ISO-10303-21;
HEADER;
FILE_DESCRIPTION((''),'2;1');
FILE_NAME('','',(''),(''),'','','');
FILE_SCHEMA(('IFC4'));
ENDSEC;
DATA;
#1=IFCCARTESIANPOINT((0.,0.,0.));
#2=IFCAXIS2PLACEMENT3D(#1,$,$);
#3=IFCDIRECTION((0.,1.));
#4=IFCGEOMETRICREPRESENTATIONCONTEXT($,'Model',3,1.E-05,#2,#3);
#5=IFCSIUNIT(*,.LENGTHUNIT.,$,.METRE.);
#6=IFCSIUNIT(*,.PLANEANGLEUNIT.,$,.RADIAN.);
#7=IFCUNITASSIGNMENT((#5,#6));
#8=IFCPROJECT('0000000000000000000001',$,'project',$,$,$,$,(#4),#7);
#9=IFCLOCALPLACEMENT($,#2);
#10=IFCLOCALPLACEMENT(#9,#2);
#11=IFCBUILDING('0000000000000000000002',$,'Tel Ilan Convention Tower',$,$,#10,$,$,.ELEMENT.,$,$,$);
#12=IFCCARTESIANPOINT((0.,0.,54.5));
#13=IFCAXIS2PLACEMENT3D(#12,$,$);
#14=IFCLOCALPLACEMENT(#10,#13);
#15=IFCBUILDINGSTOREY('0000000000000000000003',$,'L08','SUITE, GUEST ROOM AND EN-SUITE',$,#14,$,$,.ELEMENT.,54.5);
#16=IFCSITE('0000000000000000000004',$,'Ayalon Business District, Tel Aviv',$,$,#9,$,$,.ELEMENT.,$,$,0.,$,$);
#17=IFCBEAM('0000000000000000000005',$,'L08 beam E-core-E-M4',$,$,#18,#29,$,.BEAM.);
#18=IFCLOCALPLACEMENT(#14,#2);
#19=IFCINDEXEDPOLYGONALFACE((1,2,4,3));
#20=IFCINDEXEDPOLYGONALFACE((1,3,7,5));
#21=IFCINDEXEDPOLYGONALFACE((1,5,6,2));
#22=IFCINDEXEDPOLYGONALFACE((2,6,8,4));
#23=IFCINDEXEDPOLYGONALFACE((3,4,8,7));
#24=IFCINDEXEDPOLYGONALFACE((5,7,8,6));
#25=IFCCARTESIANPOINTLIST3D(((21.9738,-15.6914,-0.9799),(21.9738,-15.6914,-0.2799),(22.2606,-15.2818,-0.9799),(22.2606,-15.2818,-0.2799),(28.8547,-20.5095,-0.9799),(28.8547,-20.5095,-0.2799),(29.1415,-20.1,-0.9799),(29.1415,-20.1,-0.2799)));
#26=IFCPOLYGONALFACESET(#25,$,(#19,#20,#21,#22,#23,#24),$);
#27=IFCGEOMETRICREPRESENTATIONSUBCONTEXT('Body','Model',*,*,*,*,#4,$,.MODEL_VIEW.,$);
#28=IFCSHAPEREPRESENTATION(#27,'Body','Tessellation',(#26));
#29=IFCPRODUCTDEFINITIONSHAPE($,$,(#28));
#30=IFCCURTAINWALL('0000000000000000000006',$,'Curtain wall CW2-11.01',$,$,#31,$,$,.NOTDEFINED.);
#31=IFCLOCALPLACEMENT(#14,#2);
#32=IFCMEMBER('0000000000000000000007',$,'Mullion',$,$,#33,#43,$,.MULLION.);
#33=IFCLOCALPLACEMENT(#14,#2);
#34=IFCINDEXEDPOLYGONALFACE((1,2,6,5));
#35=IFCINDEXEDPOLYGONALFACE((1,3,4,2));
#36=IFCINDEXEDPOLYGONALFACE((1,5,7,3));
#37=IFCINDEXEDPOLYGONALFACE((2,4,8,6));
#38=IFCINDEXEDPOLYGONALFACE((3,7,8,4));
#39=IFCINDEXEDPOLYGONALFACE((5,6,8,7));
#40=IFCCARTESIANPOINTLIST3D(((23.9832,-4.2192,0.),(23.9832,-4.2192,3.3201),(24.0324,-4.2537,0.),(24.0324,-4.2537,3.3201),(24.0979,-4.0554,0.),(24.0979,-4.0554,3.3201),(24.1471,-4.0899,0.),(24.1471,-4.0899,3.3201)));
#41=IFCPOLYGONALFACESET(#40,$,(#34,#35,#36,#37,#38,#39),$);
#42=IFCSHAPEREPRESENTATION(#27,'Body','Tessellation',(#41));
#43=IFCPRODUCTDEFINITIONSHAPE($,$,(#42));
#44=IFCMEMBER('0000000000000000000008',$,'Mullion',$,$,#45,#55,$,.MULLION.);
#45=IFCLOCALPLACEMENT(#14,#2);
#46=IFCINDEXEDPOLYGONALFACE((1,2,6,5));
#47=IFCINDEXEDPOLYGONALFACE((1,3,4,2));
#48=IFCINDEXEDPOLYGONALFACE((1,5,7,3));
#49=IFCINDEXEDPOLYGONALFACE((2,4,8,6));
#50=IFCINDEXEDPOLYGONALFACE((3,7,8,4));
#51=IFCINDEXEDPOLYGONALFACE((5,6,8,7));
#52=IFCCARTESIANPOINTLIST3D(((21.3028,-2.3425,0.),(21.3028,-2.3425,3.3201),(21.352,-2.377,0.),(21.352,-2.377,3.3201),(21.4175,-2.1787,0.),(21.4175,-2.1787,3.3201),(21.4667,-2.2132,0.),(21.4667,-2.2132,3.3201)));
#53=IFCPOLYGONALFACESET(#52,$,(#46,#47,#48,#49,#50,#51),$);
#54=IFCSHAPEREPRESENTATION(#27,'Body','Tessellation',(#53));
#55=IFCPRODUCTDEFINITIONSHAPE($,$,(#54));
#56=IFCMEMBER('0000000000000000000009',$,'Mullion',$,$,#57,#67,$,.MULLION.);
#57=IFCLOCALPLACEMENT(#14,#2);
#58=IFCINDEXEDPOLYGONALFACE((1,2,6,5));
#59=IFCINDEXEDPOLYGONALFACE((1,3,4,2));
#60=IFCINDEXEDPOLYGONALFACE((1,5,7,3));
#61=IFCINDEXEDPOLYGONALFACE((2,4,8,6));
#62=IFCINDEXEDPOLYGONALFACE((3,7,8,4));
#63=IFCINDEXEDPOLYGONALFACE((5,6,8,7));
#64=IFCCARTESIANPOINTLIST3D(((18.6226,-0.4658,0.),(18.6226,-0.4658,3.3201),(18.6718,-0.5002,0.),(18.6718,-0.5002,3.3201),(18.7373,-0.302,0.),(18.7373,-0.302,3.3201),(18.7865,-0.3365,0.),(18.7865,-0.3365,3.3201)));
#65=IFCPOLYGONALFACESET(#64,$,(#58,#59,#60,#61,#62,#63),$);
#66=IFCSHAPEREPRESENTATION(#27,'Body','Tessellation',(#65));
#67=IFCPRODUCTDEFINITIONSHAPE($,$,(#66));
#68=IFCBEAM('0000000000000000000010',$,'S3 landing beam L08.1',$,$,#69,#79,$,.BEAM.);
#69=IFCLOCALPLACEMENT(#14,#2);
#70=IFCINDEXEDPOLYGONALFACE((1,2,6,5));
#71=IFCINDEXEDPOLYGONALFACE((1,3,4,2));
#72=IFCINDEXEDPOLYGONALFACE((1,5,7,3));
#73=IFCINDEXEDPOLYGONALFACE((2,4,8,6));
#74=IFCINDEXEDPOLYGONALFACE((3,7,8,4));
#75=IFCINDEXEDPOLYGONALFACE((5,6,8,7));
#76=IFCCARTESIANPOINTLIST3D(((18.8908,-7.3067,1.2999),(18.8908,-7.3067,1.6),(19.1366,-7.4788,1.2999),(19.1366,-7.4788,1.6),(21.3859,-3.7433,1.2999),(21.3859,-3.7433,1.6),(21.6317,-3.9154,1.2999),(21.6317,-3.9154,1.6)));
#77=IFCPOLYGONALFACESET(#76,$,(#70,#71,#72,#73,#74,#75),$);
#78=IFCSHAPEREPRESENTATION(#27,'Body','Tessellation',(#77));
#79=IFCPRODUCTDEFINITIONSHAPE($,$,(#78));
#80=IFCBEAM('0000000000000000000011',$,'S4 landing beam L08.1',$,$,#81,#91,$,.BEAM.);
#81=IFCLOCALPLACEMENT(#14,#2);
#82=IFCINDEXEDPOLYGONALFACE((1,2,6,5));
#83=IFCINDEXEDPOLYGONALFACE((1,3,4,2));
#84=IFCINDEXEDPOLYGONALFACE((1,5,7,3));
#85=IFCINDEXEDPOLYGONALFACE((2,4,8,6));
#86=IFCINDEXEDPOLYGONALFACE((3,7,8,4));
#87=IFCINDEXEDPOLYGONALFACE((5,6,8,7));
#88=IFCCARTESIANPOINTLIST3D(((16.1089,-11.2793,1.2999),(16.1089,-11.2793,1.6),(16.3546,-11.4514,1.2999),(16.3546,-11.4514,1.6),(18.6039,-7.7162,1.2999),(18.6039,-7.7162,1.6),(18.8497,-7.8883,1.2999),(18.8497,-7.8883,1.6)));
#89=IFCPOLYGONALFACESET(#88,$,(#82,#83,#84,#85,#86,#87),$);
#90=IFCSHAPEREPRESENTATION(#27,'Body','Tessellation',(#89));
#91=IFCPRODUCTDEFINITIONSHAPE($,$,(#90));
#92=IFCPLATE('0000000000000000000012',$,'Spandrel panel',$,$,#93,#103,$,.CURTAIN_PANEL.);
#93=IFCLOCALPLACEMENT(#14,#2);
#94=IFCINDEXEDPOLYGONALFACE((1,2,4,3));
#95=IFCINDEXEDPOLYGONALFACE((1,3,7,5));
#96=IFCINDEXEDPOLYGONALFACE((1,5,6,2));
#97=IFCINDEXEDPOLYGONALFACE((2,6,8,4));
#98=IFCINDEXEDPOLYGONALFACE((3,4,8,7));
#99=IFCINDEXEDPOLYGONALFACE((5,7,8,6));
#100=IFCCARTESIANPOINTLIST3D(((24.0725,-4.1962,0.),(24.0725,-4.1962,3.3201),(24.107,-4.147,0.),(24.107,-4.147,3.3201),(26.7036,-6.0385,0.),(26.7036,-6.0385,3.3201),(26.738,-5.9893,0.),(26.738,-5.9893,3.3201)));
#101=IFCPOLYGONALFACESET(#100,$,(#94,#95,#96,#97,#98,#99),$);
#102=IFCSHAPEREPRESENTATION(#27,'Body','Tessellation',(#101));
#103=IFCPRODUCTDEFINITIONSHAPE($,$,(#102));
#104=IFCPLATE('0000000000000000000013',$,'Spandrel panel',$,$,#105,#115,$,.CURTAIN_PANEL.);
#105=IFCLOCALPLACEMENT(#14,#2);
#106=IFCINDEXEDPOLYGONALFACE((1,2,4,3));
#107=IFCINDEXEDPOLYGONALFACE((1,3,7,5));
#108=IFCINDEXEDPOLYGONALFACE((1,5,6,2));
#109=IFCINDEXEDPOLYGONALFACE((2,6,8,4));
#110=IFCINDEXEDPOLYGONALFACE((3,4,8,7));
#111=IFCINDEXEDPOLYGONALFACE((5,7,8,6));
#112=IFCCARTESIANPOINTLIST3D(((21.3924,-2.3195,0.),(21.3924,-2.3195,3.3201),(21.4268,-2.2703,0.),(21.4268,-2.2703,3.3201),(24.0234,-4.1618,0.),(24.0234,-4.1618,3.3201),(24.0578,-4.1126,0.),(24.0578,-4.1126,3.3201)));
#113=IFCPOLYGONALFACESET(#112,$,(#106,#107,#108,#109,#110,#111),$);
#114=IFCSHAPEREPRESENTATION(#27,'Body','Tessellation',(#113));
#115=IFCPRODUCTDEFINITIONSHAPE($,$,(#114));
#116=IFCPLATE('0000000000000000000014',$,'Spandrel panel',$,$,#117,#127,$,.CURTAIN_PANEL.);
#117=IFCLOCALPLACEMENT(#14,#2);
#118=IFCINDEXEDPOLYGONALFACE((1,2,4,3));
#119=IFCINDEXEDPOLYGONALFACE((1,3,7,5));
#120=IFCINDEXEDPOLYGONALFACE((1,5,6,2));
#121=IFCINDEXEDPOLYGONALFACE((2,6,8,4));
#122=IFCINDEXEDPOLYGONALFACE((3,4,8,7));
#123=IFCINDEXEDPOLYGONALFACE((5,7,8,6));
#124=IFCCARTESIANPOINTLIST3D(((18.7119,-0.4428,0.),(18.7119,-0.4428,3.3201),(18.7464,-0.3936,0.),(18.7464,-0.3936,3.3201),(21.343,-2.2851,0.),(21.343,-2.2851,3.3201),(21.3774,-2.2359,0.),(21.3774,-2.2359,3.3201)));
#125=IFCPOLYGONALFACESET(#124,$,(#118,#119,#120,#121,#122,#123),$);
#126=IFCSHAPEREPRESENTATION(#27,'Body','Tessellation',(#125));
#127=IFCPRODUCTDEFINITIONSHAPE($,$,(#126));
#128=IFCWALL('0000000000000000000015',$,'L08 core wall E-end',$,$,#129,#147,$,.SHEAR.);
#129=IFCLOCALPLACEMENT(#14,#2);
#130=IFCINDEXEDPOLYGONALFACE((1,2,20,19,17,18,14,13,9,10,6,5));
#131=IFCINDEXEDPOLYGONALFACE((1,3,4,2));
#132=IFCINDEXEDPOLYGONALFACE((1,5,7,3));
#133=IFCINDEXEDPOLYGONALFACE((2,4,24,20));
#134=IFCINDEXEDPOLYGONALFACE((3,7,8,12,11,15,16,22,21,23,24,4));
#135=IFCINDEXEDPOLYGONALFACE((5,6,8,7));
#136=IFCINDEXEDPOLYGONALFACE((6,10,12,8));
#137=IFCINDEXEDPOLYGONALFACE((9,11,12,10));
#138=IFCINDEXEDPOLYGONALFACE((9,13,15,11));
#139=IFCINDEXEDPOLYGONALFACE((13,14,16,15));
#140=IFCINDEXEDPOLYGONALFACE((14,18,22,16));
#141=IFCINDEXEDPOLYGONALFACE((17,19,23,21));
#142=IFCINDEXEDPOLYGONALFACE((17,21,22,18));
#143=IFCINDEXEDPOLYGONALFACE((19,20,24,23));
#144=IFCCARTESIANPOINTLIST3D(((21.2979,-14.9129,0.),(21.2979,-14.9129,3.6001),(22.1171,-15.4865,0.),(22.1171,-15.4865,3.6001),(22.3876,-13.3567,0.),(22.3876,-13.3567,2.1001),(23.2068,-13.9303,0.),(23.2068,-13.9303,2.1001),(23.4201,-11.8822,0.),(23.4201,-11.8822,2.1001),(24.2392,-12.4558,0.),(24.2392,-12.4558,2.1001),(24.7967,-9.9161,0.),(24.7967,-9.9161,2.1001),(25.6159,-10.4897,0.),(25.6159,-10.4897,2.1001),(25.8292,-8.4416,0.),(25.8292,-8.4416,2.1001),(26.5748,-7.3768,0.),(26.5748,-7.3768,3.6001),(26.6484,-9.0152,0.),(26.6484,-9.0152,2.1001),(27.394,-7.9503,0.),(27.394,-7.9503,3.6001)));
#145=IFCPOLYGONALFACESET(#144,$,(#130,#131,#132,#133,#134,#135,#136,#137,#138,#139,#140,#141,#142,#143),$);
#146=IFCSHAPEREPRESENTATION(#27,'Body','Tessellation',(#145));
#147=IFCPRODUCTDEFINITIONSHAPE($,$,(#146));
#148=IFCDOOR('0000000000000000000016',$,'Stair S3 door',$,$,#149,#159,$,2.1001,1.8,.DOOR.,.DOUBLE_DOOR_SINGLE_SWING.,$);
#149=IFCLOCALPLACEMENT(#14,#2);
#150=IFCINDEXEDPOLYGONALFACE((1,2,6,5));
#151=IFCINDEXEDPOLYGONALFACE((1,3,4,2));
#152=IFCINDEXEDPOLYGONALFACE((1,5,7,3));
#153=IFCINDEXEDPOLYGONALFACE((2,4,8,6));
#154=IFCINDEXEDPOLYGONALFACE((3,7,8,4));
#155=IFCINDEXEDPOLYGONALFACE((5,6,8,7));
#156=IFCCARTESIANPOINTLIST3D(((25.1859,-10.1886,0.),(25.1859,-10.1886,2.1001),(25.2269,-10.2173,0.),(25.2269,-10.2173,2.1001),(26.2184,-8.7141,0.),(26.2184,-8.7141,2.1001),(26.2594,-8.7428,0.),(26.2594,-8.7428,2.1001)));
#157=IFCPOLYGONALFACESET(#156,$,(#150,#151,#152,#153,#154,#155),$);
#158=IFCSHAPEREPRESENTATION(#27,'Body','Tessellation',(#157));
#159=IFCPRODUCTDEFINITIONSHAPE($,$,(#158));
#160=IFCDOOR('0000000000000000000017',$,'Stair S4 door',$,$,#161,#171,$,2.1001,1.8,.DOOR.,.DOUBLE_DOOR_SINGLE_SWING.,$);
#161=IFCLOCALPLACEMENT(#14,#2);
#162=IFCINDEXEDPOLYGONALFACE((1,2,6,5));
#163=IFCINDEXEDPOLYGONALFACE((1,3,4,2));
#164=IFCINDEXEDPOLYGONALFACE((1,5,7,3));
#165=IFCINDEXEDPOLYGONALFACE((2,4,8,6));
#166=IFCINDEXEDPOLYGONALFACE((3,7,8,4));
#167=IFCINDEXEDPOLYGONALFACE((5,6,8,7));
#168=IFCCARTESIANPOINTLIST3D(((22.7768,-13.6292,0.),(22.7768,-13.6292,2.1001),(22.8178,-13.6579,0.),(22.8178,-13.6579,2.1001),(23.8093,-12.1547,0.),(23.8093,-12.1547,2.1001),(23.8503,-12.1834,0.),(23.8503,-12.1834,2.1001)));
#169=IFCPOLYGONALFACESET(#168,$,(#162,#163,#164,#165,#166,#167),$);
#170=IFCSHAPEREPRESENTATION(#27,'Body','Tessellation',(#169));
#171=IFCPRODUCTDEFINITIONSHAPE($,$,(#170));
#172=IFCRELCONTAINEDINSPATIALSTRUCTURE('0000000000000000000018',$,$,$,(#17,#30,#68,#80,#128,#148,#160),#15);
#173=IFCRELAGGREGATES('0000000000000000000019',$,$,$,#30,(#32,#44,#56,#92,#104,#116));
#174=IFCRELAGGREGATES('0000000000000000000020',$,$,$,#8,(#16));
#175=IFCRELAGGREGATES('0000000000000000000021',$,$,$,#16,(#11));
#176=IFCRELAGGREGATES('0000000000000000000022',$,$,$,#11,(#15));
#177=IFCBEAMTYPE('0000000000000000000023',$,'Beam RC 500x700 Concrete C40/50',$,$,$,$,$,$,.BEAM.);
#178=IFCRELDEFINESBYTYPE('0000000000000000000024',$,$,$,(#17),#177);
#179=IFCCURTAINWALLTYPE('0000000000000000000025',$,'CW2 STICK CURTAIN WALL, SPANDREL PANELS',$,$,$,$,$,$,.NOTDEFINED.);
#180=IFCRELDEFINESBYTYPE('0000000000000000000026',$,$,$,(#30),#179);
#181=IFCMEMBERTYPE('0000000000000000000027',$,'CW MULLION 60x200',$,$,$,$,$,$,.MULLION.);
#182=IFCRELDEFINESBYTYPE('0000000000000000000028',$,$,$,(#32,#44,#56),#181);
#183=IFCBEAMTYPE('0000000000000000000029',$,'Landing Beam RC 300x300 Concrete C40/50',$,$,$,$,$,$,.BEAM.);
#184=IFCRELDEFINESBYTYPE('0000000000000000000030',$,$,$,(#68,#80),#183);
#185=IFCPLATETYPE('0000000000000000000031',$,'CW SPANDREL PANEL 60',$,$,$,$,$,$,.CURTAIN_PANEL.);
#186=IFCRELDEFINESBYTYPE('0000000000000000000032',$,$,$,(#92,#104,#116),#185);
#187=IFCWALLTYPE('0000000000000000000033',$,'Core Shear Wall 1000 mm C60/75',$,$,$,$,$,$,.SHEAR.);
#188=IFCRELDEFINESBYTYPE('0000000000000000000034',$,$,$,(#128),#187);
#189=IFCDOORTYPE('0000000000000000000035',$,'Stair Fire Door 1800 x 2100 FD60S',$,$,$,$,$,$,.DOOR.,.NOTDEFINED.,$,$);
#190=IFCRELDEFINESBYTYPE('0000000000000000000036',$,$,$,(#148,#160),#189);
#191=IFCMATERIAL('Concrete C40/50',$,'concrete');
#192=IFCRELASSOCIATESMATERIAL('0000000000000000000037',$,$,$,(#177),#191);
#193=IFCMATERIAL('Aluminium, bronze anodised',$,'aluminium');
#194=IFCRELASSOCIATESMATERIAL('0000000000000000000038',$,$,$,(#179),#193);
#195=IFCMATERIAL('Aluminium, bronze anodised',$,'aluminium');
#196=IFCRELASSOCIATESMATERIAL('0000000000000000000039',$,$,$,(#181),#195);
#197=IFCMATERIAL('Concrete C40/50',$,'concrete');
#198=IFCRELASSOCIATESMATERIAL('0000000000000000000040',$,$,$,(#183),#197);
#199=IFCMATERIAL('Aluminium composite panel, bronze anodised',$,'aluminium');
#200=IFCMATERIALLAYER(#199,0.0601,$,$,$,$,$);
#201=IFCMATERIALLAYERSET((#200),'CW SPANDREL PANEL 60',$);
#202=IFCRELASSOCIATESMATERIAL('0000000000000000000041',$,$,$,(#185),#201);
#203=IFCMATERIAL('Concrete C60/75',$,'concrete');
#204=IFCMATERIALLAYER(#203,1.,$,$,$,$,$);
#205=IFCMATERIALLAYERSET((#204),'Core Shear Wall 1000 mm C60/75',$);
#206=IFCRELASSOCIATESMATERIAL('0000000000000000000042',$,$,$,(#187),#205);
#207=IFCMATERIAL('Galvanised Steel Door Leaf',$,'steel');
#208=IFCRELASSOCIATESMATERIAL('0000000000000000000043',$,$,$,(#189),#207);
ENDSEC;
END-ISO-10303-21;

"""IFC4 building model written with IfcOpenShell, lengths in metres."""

from ifc_helpers import new_model, si_unit, direction, frame, frame_2d, origin, origin_2d, place, context, subcontext, project, spatial, polyline, rectangle, outline, extrude, material, layer, layer_set, material_profile, profile_set, type_object, element, fill, aggregate, save


model = new_model("IFC4")

# Units and contexts
model_context = context("Model", 3, precision=1e-05, world=origin(), true_north=direction((0.0, 1.0)))
body_context = subcontext(model_context, "Body", "Model", "MODEL_VIEW")
ifc_project = project(units=[si_unit("LENGTHUNIT", "METRE"), si_unit("PLANEANGLEUNIT", "RADIAN")], contexts=[model_context])

# Site, building, storey
site_placement = place(None, origin())
site = spatial("IfcSite", under=ifc_project, at=site_placement, Name="Ayalon Business District, Tel Aviv", CompositionType="ELEMENT", RefElevation=0.0)
building_placement = place(site_placement, origin())
building = spatial("IfcBuilding", under=site, at=building_placement, Name="Tel Ilan Convention Tower", CompositionType="ELEMENT")
storey_placement = place(building_placement, frame((0.0, 0.0, 54.5)))
storey = spatial("IfcBuildingStorey", under=building, at=storey_placement, Name="L08", Description="SUITE, GUEST ROOM AND EN-SUITE", CompositionType="ELEMENT", Elevation=54.5)

# Beam
ifc_material_1 = material(Name="Concrete C40/50", Category="concrete")
ifc_material_profile_1 = material_profile(ifc_material_1, rectangle(XDim=0.5, YDim=0.7, at=origin_2d()), Name="RC 500x700")
ifc_profile_set_1 = profile_set([ifc_material_profile_1], Name="Concrete C40/50")
beam_type_1 = type_object("IfcBeamType", Name="Beam RC 500x700 Concrete C40/50", PredefinedType="BEAM", material=ifc_profile_set_1)
beam_1_placement = place(storey_placement, frame((22.1172, -15.4866, -0.6299), z_axis=(0.819147, -0.573583, 0.0), x_axis=(0.573583, 0.819147, 0.0)))
element("IfcBeam", 1, at=beam_1_placement, inside=storey, type_object=beam_type_1, Name="L08 beam E-core-E-M4", PredefinedType="BEAM", context=body_context, shape_type="SweptSolid", body=[
    extrude(rectangle(XDim=0.5, YDim=0.7, at=origin_2d()), origin(), (0.0, 0.0, 1.0), 8.4001),
])

# Curtain wall, members
ifc_material_2 = material(Name="Aluminium, bronze anodised", Category="aluminium")
curtain_wall_type = type_object("IfcCurtainWallType", Name="CW2 STICK CURTAIN WALL, SPANDREL PANELS", PredefinedType="NOTDEFINED", material=ifc_material_2)
curtain_wall_placement = place(storey_placement, origin())
curtain_wall = element("IfcCurtainWall", 2, at=curtain_wall_placement, inside=storey, type_object=curtain_wall_type, Name="Curtain wall CW2-11.01", PredefinedType="NOTDEFINED")
ifc_material_3 = material(Name="Aluminium, bronze anodised", Category="aluminium")
ifc_material_profile_2 = material_profile(ifc_material_3, rectangle(XDim=0.0601, YDim=0.2, at=origin_2d()), Name="CW MULLION 60x200")
ifc_profile_set_2 = profile_set([ifc_material_profile_2], Name="Aluminium, bronze anodised")
member_type = type_object("IfcMemberType", Name="CW MULLION 60x200", PredefinedType="MULLION", material=ifc_profile_set_2)
member_1_placement = place(storey_placement, frame((24.0652, -4.1545, 0.0), z_axis=(0.0, 0.0, 1.0), x_axis=(-0.819152, 0.573576, 0.0)))
member_1 = element("IfcMember", 3, at=member_1_placement, type_object=member_type, Name="Mullion", PredefinedType="MULLION", context=body_context, shape_type="SweptSolid", body=[
    extrude(rectangle(XDim=0.0601, YDim=0.2, at=origin_2d()), origin(), (0.0, 0.0, 1.0), 3.3201),
])
member_2_placement = place(storey_placement, frame((21.3848, -2.2778, 0.0), z_axis=(0.0, 0.0, 1.0), x_axis=(-0.819152, 0.573576, 0.0)))
member_2 = element("IfcMember", 4, at=member_2_placement, type_object=member_type, Name="Mullion", PredefinedType="MULLION", context=body_context, shape_type="SweptSolid", body=[
    extrude(rectangle(XDim=0.0601, YDim=0.2, at=origin_2d()), origin(), (0.0, 0.0, 1.0), 3.3201),
])
member_3_placement = place(storey_placement, frame((18.7046, -0.4011, 0.0), z_axis=(0.0, 0.0, 1.0), x_axis=(-0.819152, 0.573576, 0.0)))
member_3 = element("IfcMember", 5, at=member_3_placement, type_object=member_type, Name="Mullion", PredefinedType="MULLION", context=body_context, shape_type="SweptSolid", body=[
    extrude(rectangle(XDim=0.0601, YDim=0.2, at=origin_2d()), origin(), (0.0, 0.0, 1.0), 3.3201),
])

# Beams
ifc_material_4 = material(Name="Concrete C40/50", Category="concrete")
ifc_material_profile_3 = material_profile(ifc_material_4, rectangle(XDim=0.3, YDim=0.3, at=origin_2d()), Name="RC 300x300")
ifc_profile_set_3 = profile_set([ifc_material_profile_3], Name="Concrete C40/50")
beam_type_2 = type_object("IfcBeamType", Name="Landing Beam RC 300x300 Concrete C40/50", PredefinedType="BEAM", material=ifc_profile_set_3)
beam_2_placement = place(storey_placement, frame((21.5088, -3.8293, 1.45), z_axis=(-0.573568, -0.819158, 0.0), x_axis=(0.819158, -0.573568, 0.0)))
element("IfcBeam", 6, at=beam_2_placement, inside=storey, type_object=beam_type_2, Name="S3 landing beam L08.1", PredefinedType="BEAM", context=body_context, shape_type="SweptSolid", body=[
    extrude(rectangle(XDim=0.3, YDim=0.3, at=origin_2d()), origin(), (0.0, 0.0, 1.0), 4.3501),
])
beam_3_placement = place(storey_placement, frame((18.7268, -7.8022, 1.45), z_axis=(-0.573594, -0.81914, 0.0), x_axis=(0.81914, -0.573594, 0.0)))
element("IfcBeam", 7, at=beam_3_placement, inside=storey, type_object=beam_type_2, Name="S4 landing beam L08.1", PredefinedType="BEAM", context=body_context, shape_type="SweptSolid", body=[
    extrude(rectangle(XDim=0.3, YDim=0.3, at=origin_2d()), origin(), (0.0, 0.0, 1.0), 4.3499),
])

# Plates
ifc_material_5 = material(Name="Aluminium composite panel, bronze anodised", Category="aluminium")
ifc_layer_1 = layer(ifc_material_5, 0.0601)
ifc_layer_set_1 = layer_set([ifc_layer_1], Name="CW SPANDREL PANEL 60")
plate_type = type_object("IfcPlateType", Name="CW SPANDREL PANEL 60", PredefinedType="CURTAIN_PANEL", material=ifc_layer_set_1)
plate_1_placement = place(storey_placement, frame((25.4053, -5.0928, 0.0), z_axis=(0.0, 0.0, 1.0), x_axis=(-0.819152, 0.573576, 0.0)))
plate_1 = element("IfcPlate", 8, at=plate_1_placement, type_object=plate_type, Name="Spandrel panel", PredefinedType="CURTAIN_PANEL", context=body_context, shape_type="SweptSolid", body=[
    extrude(rectangle(XDim=3.2119, YDim=0.0601, at=origin_2d()), origin(), (0.0, 0.0, 1.0), 3.3201),
])
plate_2_placement = place(storey_placement, frame((22.7251, -3.2161, 0.0), z_axis=(0.0, 0.0, 1.0), x_axis=(-0.819152, 0.573576, 0.0)))
plate_2 = element("IfcPlate", 9, at=plate_2_placement, type_object=plate_type, Name="Spandrel panel", PredefinedType="CURTAIN_PANEL", context=body_context, shape_type="SweptSolid", body=[
    extrude(rectangle(XDim=3.2119, YDim=0.0601, at=origin_2d()), origin(), (0.0, 0.0, 1.0), 3.3201),
])
plate_3_placement = place(storey_placement, frame((20.0447, -1.3394, 0.0), z_axis=(0.0, 0.0, 1.0), x_axis=(-0.819152, 0.573576, 0.0)))
plate_3 = element("IfcPlate", 10, at=plate_3_placement, type_object=plate_type, Name="Spandrel panel", PredefinedType="CURTAIN_PANEL", context=body_context, shape_type="SweptSolid", body=[
    extrude(rectangle(XDim=3.2119, YDim=0.0601, at=origin_2d()), origin(), (0.0, 0.0, 1.0), 3.3201),
])
aggregate(curtain_wall, [member_1, member_2, member_3, plate_1, plate_2, plate_3])

# Wall, openings, doors
ifc_material_6 = material(Name="Concrete C60/75", Category="concrete")
ifc_layer_2 = layer(ifc_material_6, 1.0)
ifc_layer_set_2 = layer_set([ifc_layer_2], Name="Core Shear Wall 1000 mm C60/75")
wall_type_1 = type_object("IfcWallType", Name="Core Shear Wall 1000 mm C60/75", PredefinedType="SHEAR", material=ifc_layer_set_2)
wall_1_placement = place(storey_placement, frame((21.7075, -15.1997, 0.0), z_axis=(0.0, 0.0, 1.0), x_axis=(0.573576, 0.819152, 0.0)))
wall_1 = element("IfcWall", 11, at=wall_1_placement, inside=storey, type_object=wall_type_1, Name="L08 core wall E-end", PredefinedType="SHEAR", context=body_context, shape_type="SweptSolid", body=[
    extrude(outline(polyline([(9.2, 0.5), (0.0, 0.5), (0.0, -0.5), (9.2, -0.5), (9.2, 0.5)])), origin(), (0.0, 0.0, 1.0), 3.6001),
])
opening_1_placement = place(wall_1_placement, frame((6.1001, 0.0, 0.0)))
opening_1 = element("IfcOpeningElement", 12, at=opening_1_placement, cuts=wall_1, PredefinedType="OPENING", context=body_context, shape_type="SweptSolid", body=[
    extrude(rectangle(XDim=1.8, YDim=2.1001, at=frame_2d((0.8999, 1.05))), frame((0.0, 0.51, 0.0), z_axis=(0.0, -1.0, 0.0), x_axis=(1.0, 0.0, 0.0)), (0.0, 0.0, 1.0), 1.02),
])
opening_2_placement = place(wall_1_placement, frame((1.8999, 0.0, 0.0)))
opening_2 = element("IfcOpeningElement", 13, at=opening_2_placement, cuts=wall_1, PredefinedType="OPENING", context=body_context, shape_type="SweptSolid", body=[
    extrude(rectangle(XDim=1.8, YDim=2.1001, at=frame_2d((0.8999, 1.05))), frame((0.0, 0.51, 0.0), z_axis=(0.0, -1.0, 0.0), x_axis=(1.0, 0.0, 0.0)), (0.0, 0.0, 1.0), 1.02),
])
ifc_material_7 = material(Name="Galvanised Steel Door Leaf", Category="steel")
door_type_1 = type_object("IfcDoorType", Name="Stair Fire Door 1800 x 2100 FD60S", OperationType="NOTDEFINED", PredefinedType="DOOR", material=ifc_material_7)
door_1_placement = place(opening_1_placement, origin())
door_1 = element("IfcDoor", 14, at=door_1_placement, inside=storey, type_object=door_type_1, Name="Stair S3 door", OperationType="DOUBLE_DOOR_SINGLE_SWING", OverallHeight=2.1001, OverallWidth=1.8, PredefinedType="DOOR", context=body_context, shape_type="SweptSolid", body=[
    extrude(rectangle(XDim=1.8, YDim=2.1001, at=frame_2d((0.8999, 1.05))), frame((0.0, 0.0249, 0.0), z_axis=(0.0, -1.0, 0.0), x_axis=(1.0, 0.0, 0.0)), (0.0, 0.0, 1.0), 0.05),
])
fill(opening_1, door_1)
door_2_placement = place(opening_2_placement, origin())
door_2 = element("IfcDoor", 15, at=door_2_placement, inside=storey, type_object=door_type_1, Name="Stair S4 door", OperationType="DOUBLE_DOOR_SINGLE_SWING", OverallHeight=2.1001, OverallWidth=1.8, PredefinedType="DOOR", context=body_context, shape_type="SweptSolid", body=[
    extrude(rectangle(XDim=1.8, YDim=2.1001, at=frame_2d((0.8999, 1.05))), frame((0.0, 0.0249, 0.0), z_axis=(0.0, -1.0, 0.0), x_axis=(1.0, 0.0, 0.0)), (0.0, 0.0, 1.0), 0.05),
])
fill(opening_2, door_2)

save(model, "model.ifc")
